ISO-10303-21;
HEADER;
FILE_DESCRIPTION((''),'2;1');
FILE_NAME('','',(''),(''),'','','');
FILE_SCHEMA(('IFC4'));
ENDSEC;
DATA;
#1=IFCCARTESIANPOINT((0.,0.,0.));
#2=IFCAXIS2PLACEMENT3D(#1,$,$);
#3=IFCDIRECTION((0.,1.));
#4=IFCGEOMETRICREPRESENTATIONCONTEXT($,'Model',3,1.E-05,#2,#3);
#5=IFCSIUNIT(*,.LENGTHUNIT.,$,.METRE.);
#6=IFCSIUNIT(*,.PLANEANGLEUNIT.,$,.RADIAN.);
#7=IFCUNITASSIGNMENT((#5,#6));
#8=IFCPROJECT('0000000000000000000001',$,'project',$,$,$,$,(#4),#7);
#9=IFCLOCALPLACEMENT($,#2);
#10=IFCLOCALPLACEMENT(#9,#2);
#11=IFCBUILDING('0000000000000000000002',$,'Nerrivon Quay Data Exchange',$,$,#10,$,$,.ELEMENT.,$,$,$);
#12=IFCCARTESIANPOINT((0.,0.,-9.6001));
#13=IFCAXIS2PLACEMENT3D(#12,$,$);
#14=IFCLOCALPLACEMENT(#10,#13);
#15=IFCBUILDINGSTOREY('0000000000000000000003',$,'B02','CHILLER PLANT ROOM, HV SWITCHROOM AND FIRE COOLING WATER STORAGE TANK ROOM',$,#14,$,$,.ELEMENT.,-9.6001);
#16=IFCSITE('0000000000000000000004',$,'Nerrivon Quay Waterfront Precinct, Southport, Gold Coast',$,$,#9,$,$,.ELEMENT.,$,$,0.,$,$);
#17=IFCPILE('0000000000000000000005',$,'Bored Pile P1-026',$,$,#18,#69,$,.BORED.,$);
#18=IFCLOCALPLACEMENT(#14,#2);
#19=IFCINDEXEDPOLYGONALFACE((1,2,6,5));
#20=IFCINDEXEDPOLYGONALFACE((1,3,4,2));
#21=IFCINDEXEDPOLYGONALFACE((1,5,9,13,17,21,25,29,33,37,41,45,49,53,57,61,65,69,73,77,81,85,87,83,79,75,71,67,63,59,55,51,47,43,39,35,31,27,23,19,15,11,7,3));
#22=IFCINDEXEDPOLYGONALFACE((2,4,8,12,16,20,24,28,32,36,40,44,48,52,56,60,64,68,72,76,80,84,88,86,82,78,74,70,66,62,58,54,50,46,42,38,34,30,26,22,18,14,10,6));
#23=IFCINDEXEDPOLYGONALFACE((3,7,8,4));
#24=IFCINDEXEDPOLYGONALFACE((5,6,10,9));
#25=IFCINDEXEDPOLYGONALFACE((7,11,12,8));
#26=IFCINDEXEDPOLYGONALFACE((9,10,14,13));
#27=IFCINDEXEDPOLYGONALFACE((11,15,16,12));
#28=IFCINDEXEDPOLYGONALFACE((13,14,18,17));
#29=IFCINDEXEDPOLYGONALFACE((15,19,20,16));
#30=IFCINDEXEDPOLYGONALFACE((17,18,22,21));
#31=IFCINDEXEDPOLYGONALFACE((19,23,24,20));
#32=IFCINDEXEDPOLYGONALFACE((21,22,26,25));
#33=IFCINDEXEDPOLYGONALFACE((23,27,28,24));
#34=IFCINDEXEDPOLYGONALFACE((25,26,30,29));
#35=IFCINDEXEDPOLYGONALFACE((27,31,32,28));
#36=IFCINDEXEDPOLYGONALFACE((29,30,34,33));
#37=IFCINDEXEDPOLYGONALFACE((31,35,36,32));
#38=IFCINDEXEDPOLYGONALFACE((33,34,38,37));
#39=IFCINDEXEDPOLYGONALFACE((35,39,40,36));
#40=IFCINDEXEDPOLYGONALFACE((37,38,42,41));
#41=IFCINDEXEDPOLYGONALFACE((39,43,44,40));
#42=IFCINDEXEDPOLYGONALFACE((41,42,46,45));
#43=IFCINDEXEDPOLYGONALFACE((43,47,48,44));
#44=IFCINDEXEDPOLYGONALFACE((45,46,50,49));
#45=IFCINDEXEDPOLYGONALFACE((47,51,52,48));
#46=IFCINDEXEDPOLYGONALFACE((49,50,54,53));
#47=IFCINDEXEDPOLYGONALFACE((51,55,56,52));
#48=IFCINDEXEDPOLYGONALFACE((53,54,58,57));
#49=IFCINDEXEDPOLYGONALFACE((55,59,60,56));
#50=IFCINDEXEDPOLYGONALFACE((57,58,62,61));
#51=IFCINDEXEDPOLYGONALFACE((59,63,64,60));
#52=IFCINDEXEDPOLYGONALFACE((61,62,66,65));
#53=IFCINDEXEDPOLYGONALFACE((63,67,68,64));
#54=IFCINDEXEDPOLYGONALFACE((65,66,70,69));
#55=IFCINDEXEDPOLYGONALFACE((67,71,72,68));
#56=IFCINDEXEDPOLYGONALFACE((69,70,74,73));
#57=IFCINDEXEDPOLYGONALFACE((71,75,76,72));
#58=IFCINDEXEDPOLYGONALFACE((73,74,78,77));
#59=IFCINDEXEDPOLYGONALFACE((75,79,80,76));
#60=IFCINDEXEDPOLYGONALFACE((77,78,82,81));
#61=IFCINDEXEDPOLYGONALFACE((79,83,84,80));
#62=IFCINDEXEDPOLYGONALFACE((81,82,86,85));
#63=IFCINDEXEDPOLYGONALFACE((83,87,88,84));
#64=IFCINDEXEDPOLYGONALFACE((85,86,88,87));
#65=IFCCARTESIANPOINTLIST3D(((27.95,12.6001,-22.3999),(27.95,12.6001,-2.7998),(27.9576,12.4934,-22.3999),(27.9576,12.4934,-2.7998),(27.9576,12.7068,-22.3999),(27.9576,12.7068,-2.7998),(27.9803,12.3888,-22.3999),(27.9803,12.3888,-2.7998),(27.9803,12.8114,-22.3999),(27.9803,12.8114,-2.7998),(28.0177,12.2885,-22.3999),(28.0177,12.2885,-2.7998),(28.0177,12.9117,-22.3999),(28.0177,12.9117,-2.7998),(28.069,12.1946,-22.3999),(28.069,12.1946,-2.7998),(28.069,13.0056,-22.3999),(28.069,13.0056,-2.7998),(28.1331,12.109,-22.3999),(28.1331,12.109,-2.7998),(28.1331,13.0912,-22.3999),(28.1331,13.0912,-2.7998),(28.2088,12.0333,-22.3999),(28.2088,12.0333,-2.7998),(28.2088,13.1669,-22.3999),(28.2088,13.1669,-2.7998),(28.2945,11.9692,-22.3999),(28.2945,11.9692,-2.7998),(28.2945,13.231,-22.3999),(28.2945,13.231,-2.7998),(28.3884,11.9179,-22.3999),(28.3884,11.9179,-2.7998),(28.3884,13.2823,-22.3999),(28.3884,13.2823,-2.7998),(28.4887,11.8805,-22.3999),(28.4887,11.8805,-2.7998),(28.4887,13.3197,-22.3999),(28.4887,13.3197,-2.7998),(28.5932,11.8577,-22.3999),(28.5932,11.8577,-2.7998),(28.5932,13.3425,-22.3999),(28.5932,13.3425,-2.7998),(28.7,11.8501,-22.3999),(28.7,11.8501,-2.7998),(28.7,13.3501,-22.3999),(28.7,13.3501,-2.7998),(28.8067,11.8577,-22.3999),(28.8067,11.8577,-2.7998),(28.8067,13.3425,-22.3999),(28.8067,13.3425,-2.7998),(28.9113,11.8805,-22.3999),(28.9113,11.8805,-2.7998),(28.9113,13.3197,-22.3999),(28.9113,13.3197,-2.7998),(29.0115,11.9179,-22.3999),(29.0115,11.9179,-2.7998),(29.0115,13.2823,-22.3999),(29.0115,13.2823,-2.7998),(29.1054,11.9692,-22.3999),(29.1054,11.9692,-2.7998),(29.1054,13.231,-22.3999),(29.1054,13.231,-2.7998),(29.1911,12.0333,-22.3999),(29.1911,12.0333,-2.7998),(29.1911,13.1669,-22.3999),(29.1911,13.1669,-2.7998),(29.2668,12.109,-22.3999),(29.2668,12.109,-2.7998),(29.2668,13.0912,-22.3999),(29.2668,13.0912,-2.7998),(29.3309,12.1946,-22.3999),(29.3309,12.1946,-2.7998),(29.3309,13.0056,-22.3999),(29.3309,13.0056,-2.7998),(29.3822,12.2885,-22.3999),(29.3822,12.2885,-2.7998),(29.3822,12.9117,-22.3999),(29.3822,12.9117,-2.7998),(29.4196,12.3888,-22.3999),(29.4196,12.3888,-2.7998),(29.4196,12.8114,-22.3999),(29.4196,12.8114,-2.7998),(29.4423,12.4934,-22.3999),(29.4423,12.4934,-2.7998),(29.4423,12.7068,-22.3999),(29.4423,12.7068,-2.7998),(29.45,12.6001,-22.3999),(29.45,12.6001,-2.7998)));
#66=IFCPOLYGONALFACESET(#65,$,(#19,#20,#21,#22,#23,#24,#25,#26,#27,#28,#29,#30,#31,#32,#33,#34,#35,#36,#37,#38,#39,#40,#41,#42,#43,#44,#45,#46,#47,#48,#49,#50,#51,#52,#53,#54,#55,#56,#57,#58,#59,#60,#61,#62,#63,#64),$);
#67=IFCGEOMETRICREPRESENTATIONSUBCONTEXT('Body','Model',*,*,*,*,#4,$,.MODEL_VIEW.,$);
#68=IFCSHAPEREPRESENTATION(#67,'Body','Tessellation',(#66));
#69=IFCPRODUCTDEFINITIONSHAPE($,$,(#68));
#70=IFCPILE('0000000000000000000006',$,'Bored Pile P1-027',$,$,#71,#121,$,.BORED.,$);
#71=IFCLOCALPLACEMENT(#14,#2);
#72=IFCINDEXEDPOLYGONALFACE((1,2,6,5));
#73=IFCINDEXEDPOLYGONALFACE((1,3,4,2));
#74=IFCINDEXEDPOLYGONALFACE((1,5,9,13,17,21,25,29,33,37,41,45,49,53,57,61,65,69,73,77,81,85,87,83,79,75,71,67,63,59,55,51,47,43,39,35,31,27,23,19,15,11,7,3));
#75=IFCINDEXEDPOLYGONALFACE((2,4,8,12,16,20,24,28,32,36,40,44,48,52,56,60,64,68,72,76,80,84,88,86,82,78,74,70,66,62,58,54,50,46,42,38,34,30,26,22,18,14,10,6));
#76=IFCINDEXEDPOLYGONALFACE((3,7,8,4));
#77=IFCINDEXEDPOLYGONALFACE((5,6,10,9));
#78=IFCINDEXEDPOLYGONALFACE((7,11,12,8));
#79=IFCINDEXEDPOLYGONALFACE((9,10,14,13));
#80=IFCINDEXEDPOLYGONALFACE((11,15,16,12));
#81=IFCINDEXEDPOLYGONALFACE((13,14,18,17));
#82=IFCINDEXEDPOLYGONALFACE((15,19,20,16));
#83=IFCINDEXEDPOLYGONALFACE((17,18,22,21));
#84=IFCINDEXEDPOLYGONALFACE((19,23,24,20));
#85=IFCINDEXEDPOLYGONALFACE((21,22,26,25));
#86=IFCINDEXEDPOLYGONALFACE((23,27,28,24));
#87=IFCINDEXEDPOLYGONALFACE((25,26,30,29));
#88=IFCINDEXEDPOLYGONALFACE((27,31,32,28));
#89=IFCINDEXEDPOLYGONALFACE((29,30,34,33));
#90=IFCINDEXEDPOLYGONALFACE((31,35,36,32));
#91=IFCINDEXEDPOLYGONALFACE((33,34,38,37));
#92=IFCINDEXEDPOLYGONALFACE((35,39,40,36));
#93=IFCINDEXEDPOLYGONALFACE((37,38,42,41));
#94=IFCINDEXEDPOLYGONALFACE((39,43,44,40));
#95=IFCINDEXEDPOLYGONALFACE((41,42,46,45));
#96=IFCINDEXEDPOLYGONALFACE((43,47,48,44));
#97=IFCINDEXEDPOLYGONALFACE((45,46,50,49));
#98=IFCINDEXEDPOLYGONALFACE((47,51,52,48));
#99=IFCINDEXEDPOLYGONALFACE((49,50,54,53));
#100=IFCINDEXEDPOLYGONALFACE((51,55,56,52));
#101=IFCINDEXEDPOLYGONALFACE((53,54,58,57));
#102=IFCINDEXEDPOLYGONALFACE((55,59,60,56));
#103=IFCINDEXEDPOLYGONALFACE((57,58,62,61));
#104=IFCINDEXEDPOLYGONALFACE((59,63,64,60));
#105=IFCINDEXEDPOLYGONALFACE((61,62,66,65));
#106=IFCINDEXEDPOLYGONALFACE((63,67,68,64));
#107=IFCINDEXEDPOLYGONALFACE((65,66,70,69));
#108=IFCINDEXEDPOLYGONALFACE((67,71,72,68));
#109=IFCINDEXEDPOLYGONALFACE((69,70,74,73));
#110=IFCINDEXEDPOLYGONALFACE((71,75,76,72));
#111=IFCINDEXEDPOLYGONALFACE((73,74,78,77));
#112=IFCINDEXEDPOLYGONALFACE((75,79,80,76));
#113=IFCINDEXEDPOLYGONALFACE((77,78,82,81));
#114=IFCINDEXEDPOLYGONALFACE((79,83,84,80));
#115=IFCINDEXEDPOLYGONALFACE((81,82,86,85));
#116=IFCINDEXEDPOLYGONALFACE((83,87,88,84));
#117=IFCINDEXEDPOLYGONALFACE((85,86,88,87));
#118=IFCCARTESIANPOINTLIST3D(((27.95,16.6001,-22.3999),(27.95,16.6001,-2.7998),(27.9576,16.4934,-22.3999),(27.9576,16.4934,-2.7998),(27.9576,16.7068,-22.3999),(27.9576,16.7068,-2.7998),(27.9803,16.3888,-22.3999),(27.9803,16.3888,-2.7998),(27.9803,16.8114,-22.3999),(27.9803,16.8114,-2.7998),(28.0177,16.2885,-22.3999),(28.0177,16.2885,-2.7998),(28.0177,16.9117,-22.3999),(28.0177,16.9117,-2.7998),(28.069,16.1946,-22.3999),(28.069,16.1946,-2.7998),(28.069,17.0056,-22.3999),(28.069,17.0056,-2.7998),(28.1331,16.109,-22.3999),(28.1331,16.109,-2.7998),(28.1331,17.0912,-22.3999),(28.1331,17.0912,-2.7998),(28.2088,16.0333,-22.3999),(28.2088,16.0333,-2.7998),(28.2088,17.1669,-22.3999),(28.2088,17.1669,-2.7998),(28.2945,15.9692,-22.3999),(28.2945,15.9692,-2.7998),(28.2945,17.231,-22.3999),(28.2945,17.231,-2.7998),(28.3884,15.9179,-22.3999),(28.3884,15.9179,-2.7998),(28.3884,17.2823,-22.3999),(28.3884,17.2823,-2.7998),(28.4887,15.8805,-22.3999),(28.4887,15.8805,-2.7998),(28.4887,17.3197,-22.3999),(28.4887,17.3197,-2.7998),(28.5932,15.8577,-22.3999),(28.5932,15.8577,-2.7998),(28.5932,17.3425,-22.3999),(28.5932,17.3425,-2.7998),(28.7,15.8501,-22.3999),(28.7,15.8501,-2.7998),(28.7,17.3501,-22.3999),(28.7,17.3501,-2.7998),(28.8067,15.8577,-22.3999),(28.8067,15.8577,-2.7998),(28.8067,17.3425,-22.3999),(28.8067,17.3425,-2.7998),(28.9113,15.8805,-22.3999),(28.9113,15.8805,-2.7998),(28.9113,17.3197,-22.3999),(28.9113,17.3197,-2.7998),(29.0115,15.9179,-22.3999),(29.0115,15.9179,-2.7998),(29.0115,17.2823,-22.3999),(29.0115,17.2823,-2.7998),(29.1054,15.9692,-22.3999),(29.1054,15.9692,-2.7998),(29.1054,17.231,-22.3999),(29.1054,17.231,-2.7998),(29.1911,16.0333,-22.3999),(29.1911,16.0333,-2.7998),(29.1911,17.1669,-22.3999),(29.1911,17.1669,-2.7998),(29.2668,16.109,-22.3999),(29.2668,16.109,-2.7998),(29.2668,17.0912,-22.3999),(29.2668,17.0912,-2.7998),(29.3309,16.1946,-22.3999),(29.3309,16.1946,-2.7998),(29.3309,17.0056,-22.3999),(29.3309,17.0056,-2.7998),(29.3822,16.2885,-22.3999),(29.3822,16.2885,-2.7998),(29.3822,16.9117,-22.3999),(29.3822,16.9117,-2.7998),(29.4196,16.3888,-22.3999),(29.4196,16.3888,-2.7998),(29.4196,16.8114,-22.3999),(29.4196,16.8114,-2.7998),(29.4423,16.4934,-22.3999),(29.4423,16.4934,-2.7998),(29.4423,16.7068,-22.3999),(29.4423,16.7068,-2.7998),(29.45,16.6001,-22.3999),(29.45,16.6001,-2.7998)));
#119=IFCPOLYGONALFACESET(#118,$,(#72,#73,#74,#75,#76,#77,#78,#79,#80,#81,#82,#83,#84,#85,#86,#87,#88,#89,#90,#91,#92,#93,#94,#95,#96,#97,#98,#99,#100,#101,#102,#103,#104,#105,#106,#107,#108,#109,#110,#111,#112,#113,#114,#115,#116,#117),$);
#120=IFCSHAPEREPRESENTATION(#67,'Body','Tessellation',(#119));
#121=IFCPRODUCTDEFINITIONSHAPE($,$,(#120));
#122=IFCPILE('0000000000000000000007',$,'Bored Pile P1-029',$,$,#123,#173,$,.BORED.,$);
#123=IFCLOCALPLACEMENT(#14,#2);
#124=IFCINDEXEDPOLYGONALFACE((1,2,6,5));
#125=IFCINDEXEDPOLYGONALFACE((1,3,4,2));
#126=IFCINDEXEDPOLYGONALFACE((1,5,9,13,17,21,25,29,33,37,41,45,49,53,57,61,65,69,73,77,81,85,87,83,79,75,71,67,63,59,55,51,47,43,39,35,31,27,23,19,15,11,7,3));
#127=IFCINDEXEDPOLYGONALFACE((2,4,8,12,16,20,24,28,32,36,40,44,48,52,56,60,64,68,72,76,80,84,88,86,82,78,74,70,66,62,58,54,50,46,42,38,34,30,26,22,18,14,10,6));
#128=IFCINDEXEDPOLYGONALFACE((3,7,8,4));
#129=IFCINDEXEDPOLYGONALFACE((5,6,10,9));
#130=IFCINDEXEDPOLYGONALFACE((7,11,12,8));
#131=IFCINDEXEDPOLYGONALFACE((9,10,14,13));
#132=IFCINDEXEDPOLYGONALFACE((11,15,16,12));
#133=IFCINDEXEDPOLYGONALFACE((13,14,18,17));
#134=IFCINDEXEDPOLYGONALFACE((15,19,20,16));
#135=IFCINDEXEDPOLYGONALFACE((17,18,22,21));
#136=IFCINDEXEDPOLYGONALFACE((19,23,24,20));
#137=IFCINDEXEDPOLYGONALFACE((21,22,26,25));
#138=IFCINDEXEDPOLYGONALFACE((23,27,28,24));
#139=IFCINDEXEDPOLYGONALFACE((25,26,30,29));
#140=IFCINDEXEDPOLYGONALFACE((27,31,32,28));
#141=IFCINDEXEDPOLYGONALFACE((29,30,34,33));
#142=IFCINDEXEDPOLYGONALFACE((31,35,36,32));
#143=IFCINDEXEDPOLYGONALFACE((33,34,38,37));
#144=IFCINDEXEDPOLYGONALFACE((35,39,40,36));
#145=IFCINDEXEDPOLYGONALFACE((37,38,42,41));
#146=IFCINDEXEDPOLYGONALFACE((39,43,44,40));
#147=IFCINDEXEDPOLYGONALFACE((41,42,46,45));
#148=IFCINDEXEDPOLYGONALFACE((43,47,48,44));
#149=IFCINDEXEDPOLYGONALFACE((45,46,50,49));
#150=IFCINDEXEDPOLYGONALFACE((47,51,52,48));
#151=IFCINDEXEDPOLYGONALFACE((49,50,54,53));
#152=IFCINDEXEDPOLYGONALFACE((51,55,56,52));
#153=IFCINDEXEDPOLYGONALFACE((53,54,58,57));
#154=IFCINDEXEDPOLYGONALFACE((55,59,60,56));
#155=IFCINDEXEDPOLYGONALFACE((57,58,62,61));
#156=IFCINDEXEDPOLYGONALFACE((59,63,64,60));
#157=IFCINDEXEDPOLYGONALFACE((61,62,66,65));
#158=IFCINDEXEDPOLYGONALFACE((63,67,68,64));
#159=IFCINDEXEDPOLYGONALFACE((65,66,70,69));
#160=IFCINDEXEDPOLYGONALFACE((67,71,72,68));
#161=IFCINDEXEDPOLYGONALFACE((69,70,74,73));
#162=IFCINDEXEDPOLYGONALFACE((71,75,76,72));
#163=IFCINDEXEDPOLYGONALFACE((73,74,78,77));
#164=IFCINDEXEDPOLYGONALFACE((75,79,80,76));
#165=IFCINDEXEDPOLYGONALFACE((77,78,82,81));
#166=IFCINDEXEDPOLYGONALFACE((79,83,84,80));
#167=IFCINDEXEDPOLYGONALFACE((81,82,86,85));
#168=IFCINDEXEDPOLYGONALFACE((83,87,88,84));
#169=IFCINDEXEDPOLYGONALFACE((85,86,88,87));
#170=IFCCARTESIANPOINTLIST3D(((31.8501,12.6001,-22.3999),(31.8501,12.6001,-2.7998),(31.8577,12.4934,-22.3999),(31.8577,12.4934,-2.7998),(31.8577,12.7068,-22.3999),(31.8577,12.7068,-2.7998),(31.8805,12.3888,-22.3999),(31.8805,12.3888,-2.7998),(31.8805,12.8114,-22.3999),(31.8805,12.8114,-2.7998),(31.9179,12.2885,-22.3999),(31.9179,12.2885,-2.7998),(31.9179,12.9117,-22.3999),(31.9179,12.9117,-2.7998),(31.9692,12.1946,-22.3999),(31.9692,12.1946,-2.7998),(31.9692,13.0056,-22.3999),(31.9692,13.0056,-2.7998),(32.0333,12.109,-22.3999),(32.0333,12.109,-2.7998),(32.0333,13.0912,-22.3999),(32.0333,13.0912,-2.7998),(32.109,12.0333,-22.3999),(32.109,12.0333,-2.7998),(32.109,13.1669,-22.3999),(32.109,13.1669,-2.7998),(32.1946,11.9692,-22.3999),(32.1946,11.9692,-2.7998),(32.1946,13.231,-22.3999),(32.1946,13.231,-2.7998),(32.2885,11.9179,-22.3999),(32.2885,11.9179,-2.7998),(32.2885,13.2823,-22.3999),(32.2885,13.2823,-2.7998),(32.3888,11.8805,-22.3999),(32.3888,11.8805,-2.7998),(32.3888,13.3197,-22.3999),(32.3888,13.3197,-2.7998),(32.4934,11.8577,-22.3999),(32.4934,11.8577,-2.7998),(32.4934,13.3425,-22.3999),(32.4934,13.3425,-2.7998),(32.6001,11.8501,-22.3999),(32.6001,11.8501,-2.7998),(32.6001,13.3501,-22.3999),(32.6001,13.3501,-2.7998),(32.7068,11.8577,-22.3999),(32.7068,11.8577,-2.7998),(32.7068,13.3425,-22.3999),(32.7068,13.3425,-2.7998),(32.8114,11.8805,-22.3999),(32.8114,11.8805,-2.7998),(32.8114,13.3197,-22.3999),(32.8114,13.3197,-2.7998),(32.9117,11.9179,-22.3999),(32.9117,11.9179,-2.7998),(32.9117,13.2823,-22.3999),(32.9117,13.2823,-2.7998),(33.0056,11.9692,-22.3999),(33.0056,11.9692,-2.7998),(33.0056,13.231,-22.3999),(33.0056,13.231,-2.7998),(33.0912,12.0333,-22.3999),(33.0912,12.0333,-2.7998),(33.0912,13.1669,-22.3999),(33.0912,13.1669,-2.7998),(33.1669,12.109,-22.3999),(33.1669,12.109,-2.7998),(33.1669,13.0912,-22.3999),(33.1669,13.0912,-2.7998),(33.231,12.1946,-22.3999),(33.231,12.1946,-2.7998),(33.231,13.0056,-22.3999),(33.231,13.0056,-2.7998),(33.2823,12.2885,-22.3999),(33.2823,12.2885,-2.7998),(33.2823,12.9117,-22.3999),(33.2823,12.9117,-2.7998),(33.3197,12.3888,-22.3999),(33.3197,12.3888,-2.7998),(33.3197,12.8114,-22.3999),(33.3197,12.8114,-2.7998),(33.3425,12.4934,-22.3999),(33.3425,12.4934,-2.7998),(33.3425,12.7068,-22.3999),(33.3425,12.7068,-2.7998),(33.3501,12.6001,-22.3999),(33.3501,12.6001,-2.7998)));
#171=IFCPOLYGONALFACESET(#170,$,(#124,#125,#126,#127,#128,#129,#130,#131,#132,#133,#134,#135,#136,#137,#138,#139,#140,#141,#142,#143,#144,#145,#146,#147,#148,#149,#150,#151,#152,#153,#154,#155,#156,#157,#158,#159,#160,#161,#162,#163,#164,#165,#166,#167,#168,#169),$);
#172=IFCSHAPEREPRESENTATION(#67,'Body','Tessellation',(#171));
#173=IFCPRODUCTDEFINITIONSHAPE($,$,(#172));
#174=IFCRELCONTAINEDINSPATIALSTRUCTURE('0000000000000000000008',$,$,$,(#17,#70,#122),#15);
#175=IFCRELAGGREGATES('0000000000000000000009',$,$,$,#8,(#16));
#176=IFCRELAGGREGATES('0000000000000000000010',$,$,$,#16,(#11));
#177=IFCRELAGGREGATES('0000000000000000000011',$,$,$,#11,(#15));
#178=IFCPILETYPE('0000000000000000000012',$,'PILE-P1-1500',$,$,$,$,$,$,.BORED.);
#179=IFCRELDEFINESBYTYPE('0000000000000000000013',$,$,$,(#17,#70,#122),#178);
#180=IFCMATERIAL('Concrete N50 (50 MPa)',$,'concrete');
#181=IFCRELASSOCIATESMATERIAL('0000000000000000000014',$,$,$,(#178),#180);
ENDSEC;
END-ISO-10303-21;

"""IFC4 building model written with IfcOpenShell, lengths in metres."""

from ifc_helpers import new_model, si_unit, direction, frame, origin, origin_2d, place, context, subcontext, project, spatial, circle, extrude, material, material_profile, profile_set, type_object, element, save


model = new_model("IFC4")

# Units and contexts
model_context = context("Model", 3, precision=1e-05, world=origin(), true_north=direction((0.0, 1.0)))
body_context = subcontext(model_context, "Body", "Model", "MODEL_VIEW")
ifc_project = project(units=[si_unit("LENGTHUNIT", "METRE"), si_unit("PLANEANGLEUNIT", "RADIAN")], contexts=[model_context])

# Site, building, storey
site_placement = place(None, origin())
site = spatial("IfcSite", under=ifc_project, at=site_placement, Name="Nerrivon Quay Waterfront Precinct, Southport, Gold Coast", CompositionType="ELEMENT", RefElevation=0.0)
building_placement = place(site_placement, origin())
building = spatial("IfcBuilding", under=site, at=building_placement, Name="Nerrivon Quay Data Exchange", CompositionType="ELEMENT")
storey_placement = place(building_placement, frame((0.0, 0.0, -9.6001)))
storey = spatial("IfcBuildingStorey", under=building, at=storey_placement, Name="B02", Description="CHILLER PLANT ROOM, HV SWITCHROOM AND FIRE COOLING WATER STORAGE TANK ROOM", CompositionType="ELEMENT", Elevation=-9.6001)

# Piles
ifc_material_1 = material(Name="Concrete N50 (50 MPa)", Category="concrete")
ifc_material_profile_1 = material_profile(ifc_material_1, circle(Radius=0.75, at=origin_2d()), Name="PILE-1500")
ifc_profile_set_1 = profile_set([ifc_material_profile_1], Name="Concrete N50 (50 MPa)")
pile_type_1 = type_object("IfcPileType", Name="PILE-P1-1500", PredefinedType="BORED", material=ifc_profile_set_1)
for number, where, z_axis, x_axis, name in (
    (1, (28.7, 12.6001, -2.7998), (0.0, 0.0, -1.0), (1.0, 0.0, 0.0), "Bored Pile P1-026"),
    (2, (28.7, 16.6001, -2.7998), (0.0, 0.0, -1.0), (1.0, 0.0, 0.0), "Bored Pile P1-027"),
    (3, (32.6001, 12.6001, -2.7998), (0.0, 0.0, -1.0), (1.0, 0.0, 0.0), "Bored Pile P1-029"),
):
    element("IfcPile", number, at=place(storey_placement, frame(where, z_axis=z_axis, x_axis=x_axis)), inside=storey, type_object=pile_type_1, Name=name, PredefinedType="BORED", context=body_context, shape_type="SweptSolid", body=[
        extrude(circle(Radius=0.75, at=origin_2d()), origin(), (0.0, 0.0, 1.0), 19.6001),
    ])

save(model, "model.ifc")
